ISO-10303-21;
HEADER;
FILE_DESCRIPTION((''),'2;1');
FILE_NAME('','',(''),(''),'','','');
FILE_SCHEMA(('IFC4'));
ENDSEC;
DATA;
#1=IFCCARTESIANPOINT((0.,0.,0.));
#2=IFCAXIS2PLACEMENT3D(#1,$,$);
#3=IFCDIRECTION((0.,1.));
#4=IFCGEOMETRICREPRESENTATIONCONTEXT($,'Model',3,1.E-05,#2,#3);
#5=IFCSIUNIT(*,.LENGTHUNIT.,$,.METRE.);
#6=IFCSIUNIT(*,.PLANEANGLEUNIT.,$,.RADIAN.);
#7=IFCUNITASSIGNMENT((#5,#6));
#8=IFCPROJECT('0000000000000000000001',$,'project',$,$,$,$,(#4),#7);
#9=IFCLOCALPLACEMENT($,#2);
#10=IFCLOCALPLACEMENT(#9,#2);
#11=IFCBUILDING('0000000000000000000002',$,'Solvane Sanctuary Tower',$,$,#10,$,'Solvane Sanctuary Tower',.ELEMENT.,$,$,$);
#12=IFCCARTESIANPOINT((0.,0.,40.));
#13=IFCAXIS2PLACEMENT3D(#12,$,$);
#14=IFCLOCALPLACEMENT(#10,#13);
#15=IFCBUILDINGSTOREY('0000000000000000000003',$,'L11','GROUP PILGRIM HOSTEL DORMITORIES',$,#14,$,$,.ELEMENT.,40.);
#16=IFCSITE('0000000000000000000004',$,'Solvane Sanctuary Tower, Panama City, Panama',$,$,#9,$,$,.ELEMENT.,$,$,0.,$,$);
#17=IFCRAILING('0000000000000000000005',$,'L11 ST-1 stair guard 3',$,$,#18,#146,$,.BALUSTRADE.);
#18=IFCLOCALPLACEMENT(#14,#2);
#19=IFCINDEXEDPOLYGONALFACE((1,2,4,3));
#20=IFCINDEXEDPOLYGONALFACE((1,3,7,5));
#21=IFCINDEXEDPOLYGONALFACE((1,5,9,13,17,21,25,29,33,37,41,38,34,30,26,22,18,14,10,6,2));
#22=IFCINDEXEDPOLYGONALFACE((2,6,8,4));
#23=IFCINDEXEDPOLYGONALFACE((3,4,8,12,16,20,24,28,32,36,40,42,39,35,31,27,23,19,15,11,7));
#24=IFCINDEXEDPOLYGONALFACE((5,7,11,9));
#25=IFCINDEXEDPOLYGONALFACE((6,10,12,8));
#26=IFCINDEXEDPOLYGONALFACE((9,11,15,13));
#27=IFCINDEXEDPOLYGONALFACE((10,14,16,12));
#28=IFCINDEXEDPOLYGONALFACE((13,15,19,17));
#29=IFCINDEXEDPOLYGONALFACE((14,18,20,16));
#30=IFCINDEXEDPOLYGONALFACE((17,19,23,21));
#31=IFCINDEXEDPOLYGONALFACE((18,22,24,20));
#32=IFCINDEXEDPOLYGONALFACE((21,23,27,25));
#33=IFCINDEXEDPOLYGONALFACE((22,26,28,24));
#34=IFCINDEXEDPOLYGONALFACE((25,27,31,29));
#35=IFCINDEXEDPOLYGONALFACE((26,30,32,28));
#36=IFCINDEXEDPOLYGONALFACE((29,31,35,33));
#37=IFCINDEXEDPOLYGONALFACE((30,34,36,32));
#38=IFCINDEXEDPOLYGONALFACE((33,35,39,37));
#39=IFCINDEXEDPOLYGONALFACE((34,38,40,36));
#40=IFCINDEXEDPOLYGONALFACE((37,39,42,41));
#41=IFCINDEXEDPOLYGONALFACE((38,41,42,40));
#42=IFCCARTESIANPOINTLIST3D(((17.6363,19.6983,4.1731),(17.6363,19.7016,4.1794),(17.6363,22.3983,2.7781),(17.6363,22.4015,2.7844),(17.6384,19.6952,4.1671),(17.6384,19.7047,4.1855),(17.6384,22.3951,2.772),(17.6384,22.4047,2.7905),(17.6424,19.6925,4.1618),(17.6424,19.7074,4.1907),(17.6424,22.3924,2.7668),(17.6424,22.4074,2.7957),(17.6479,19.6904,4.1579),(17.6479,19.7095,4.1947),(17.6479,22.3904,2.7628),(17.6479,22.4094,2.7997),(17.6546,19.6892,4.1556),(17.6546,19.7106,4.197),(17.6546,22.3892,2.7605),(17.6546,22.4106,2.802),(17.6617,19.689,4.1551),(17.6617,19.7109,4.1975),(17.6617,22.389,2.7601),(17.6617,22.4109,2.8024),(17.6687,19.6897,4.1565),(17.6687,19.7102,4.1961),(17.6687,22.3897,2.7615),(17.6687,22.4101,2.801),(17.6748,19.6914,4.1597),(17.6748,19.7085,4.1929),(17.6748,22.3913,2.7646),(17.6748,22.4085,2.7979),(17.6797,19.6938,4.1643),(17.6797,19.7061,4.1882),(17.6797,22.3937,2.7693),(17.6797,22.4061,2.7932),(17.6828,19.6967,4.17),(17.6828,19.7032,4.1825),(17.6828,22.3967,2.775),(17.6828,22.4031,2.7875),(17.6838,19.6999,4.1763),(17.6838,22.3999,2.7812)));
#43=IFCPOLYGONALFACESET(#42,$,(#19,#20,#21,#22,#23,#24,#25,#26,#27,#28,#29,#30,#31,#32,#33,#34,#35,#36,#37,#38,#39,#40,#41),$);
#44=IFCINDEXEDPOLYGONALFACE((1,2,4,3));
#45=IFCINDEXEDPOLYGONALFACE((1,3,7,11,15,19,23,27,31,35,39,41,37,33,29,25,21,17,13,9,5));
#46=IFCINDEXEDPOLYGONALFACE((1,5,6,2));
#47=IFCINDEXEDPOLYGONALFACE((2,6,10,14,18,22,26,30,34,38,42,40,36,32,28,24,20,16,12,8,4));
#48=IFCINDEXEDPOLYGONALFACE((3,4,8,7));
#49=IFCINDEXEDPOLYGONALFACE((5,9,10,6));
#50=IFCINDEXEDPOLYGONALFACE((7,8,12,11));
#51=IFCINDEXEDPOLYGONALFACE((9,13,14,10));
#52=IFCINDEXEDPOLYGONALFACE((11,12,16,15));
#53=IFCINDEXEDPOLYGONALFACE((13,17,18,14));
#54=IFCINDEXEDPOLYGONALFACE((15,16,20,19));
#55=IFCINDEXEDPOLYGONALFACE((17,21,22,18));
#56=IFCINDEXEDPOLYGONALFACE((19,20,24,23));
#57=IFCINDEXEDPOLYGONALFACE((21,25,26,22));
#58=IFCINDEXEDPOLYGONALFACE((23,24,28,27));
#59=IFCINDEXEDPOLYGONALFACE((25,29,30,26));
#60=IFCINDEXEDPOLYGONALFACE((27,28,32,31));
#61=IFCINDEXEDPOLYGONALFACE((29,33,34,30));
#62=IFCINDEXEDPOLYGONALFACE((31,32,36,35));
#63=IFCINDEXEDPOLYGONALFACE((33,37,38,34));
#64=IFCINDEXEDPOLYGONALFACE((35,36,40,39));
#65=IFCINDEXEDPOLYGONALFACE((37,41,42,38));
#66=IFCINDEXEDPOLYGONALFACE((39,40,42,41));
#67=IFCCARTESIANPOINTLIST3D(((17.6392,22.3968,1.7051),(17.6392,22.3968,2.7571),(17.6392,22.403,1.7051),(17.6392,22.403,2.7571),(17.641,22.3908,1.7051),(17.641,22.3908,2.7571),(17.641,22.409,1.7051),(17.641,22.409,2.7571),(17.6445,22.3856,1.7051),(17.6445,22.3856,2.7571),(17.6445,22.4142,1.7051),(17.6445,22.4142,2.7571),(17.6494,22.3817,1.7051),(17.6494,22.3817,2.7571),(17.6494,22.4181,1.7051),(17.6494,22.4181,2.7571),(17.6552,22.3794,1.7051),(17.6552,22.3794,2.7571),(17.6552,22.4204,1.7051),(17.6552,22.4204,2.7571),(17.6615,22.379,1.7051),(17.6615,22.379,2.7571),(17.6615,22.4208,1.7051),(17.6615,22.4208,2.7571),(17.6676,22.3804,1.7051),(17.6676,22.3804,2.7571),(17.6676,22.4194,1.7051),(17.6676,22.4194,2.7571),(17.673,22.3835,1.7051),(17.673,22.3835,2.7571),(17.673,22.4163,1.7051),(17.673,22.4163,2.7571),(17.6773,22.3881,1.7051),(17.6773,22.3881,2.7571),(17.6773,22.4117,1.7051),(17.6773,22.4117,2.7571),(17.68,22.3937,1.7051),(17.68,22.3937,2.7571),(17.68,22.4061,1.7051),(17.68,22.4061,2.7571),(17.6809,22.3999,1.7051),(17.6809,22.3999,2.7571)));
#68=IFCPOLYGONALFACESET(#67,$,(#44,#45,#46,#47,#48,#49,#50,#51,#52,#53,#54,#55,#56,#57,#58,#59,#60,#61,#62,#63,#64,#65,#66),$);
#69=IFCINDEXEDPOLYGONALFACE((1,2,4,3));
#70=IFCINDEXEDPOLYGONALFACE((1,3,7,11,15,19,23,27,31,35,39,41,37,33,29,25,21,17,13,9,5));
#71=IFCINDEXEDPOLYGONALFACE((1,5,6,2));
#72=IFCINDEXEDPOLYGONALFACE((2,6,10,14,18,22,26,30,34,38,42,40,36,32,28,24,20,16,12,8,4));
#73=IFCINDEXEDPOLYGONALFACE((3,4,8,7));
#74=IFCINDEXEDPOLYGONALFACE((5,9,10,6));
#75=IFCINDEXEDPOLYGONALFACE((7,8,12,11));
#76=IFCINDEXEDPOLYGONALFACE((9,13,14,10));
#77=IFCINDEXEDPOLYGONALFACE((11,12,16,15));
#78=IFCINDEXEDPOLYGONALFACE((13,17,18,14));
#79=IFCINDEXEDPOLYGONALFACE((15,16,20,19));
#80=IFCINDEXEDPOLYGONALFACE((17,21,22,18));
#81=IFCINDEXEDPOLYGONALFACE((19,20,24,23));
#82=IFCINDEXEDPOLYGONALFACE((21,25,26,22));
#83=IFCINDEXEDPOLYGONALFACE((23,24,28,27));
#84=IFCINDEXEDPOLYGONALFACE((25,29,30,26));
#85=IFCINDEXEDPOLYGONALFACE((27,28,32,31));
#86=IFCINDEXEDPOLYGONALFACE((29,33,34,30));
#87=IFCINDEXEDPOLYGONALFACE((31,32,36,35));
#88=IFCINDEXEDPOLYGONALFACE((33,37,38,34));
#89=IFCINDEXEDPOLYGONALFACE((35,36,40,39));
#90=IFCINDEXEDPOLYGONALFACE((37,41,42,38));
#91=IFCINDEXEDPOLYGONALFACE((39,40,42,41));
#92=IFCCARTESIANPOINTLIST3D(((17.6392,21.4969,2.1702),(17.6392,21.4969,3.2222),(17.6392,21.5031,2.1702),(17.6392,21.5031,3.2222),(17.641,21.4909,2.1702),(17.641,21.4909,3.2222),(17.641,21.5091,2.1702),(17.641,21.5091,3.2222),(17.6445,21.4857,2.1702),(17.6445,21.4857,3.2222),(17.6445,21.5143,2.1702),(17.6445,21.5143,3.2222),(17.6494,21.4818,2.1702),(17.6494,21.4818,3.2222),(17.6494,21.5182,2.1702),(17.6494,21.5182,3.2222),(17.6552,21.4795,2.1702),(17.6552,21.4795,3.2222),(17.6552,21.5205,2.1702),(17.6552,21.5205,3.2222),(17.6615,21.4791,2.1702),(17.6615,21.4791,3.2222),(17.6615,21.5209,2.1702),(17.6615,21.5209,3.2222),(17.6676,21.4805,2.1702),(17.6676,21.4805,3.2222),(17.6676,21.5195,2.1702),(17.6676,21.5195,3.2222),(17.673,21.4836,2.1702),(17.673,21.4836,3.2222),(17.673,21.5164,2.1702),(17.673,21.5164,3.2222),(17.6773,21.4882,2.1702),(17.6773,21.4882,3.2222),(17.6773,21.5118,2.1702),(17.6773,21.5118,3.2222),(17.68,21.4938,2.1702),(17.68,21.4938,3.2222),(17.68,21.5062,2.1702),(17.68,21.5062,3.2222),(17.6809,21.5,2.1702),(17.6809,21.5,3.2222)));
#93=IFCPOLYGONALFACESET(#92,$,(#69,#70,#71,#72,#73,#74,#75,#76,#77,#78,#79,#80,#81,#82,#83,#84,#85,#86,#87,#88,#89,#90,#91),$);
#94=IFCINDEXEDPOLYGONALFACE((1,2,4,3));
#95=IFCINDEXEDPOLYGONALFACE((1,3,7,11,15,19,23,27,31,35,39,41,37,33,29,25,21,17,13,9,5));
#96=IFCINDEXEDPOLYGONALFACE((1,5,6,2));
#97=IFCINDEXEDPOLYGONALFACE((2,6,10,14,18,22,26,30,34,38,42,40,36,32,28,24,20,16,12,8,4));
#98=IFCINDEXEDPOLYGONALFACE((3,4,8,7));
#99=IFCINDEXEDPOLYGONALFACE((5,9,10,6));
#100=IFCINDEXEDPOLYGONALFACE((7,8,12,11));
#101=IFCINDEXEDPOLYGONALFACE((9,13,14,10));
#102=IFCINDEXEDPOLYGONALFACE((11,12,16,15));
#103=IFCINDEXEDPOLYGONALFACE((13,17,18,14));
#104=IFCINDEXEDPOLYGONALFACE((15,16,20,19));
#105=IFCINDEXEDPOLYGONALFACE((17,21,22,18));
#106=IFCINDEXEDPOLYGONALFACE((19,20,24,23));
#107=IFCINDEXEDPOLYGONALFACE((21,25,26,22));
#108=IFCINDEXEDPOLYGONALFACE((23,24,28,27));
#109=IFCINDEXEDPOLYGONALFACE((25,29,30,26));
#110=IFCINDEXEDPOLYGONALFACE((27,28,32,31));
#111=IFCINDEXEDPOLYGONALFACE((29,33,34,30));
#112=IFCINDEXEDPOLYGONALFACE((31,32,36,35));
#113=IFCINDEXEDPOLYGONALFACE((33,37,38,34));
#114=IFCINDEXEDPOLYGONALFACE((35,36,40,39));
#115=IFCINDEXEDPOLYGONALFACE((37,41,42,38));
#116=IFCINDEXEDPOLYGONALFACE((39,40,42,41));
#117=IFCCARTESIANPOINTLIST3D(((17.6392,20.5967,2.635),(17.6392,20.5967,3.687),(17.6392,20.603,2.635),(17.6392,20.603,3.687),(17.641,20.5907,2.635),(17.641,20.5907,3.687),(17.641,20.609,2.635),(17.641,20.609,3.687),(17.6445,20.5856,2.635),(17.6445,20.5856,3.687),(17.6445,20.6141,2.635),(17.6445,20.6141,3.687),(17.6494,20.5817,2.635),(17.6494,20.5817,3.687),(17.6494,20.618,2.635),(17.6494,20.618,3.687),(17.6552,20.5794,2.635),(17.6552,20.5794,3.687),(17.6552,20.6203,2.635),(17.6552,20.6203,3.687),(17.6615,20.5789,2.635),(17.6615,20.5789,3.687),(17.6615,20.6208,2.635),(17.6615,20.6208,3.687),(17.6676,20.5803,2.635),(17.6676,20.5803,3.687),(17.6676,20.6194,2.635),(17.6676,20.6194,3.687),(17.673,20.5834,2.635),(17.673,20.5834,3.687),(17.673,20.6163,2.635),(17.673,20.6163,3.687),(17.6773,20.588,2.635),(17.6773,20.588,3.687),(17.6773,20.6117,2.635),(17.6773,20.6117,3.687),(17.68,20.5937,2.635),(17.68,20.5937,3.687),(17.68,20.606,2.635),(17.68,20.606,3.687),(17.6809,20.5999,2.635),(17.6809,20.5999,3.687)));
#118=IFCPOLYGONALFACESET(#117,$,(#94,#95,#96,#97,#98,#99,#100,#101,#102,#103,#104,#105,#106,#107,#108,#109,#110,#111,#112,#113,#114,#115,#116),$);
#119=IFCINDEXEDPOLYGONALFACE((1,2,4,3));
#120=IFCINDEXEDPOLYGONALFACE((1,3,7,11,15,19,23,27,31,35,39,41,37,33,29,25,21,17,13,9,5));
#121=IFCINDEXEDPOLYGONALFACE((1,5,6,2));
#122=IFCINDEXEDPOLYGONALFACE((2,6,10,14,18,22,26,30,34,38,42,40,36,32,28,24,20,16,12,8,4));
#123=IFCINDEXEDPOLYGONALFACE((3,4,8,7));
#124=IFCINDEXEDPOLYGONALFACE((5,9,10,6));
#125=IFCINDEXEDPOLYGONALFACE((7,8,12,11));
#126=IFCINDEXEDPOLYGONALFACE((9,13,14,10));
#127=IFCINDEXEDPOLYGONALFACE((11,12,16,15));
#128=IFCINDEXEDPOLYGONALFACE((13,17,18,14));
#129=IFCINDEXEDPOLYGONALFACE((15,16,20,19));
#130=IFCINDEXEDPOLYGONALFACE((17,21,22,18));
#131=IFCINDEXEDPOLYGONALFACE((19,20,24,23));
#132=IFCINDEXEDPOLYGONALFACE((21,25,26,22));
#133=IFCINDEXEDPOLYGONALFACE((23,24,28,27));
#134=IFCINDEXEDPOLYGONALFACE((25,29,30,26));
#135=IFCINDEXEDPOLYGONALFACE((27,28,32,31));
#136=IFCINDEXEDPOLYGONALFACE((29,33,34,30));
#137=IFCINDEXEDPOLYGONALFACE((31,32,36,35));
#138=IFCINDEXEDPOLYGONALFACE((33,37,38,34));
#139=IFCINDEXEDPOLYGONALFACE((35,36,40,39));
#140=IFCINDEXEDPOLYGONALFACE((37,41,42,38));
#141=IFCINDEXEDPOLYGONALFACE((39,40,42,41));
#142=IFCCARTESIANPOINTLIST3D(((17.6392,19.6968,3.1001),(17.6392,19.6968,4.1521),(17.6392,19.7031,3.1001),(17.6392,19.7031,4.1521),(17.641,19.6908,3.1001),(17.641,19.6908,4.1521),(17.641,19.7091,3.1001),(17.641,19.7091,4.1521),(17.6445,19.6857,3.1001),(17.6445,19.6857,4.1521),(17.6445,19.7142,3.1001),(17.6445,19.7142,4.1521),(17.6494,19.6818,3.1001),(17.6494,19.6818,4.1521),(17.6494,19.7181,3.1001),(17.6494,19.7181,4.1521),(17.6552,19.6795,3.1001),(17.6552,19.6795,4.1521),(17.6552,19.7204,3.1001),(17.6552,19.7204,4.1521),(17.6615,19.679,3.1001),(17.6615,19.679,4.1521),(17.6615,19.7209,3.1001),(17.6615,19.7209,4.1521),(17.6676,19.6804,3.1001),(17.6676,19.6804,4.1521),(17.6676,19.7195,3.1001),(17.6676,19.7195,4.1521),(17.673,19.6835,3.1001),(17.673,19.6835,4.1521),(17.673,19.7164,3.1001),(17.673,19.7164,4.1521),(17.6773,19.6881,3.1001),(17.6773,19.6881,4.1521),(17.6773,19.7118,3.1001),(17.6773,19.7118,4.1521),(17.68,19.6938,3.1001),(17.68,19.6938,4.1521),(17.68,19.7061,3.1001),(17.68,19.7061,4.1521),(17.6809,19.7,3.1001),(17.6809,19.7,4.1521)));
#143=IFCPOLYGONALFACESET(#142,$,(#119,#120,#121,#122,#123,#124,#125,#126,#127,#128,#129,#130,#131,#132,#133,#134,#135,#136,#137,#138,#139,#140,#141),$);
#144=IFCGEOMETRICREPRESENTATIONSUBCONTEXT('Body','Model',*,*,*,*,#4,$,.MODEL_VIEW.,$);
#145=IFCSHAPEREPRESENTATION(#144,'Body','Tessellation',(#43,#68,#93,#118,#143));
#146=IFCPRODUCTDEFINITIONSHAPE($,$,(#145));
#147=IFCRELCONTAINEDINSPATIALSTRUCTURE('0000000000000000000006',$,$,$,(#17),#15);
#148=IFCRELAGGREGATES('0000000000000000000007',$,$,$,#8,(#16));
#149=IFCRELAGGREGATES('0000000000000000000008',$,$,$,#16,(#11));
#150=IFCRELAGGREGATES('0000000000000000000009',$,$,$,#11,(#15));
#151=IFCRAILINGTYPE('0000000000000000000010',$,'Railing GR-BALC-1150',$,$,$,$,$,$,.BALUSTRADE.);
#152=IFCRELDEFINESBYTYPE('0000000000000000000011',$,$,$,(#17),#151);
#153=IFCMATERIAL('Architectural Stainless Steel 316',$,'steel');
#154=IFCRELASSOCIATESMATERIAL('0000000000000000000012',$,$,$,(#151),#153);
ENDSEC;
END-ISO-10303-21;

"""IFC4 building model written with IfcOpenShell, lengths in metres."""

from ifc_helpers import new_model, si_unit, direction, frame, origin, origin_2d, place, context, subcontext, project, spatial, circle, extrude, material, type_object, element, save


model = new_model("IFC4")

# Units and contexts
model_context = context("Model", 3, precision=1e-05, world=origin(), true_north=direction((0.0, 1.0)))
body_context = subcontext(model_context, "Body", "Model", "MODEL_VIEW")
ifc_project = project(units=[si_unit("LENGTHUNIT", "METRE"), si_unit("PLANEANGLEUNIT", "RADIAN")], contexts=[model_context])

# Site, building, storey
site_placement = place(None, origin())
site = spatial("IfcSite", under=ifc_project, at=site_placement, Name="Solvane Sanctuary Tower, Panama City, Panama", CompositionType="ELEMENT", RefElevation=0.0)
building_placement = place(site_placement, origin())
building = spatial("IfcBuilding", under=site, at=building_placement, Name="Solvane Sanctuary Tower", LongName="Solvane Sanctuary Tower", CompositionType="ELEMENT")
storey_placement = place(building_placement, frame((0.0, 0.0, 40.0)))
storey = spatial("IfcBuildingStorey", under=building, at=storey_placement, Name="L11", Description="GROUP PILGRIM HOSTEL DORMITORIES", CompositionType="ELEMENT", Elevation=40.0)

# Railing
ifc_material_1 = material(Name="Architectural Stainless Steel 316", Category="steel")
railing_type_1 = type_object("IfcRailingType", Name="Railing GR-BALC-1150", PredefinedType="BALUSTRADE", material=ifc_material_1)
railing_1_placement = place(storey_placement, frame((17.6599, 22.3999, 1.7051)))
element("IfcRailing", 1, at=railing_1_placement, inside=storey, type_object=railing_type_1, Name="L11 ST-1 stair guard 3", PredefinedType="BALUSTRADE", context=body_context, shape_type="SweptSolid", body=[
    extrude(circle(Radius=0.0239, at=origin_2d()), frame((0.0, 0.0, 1.0762), z_axis=(0.0, -0.88842, 0.459032), x_axis=(1.0, 0.0, 0.0)), (0.0, 0.0, 1.0), 3.0391),
    extrude(circle(Radius=0.021, at=origin_2d()), origin(), (0.0, 0.0, 1.0), 1.052),
    extrude(circle(Radius=0.021, at=origin_2d()), frame((0.0, -0.8999, 0.4651)), (0.0, 0.0, 1.0), 1.052),
    extrude(circle(Radius=0.021, at=origin_2d()), frame((0.0, -1.8, 0.9299)), (0.0, 0.0, 1.0), 1.052),
    extrude(circle(Radius=0.021, at=origin_2d()), frame((0.0, -2.7, 1.395)), (0.0, 0.0, 1.0), 1.052),
])

save(model, "model.ifc")
